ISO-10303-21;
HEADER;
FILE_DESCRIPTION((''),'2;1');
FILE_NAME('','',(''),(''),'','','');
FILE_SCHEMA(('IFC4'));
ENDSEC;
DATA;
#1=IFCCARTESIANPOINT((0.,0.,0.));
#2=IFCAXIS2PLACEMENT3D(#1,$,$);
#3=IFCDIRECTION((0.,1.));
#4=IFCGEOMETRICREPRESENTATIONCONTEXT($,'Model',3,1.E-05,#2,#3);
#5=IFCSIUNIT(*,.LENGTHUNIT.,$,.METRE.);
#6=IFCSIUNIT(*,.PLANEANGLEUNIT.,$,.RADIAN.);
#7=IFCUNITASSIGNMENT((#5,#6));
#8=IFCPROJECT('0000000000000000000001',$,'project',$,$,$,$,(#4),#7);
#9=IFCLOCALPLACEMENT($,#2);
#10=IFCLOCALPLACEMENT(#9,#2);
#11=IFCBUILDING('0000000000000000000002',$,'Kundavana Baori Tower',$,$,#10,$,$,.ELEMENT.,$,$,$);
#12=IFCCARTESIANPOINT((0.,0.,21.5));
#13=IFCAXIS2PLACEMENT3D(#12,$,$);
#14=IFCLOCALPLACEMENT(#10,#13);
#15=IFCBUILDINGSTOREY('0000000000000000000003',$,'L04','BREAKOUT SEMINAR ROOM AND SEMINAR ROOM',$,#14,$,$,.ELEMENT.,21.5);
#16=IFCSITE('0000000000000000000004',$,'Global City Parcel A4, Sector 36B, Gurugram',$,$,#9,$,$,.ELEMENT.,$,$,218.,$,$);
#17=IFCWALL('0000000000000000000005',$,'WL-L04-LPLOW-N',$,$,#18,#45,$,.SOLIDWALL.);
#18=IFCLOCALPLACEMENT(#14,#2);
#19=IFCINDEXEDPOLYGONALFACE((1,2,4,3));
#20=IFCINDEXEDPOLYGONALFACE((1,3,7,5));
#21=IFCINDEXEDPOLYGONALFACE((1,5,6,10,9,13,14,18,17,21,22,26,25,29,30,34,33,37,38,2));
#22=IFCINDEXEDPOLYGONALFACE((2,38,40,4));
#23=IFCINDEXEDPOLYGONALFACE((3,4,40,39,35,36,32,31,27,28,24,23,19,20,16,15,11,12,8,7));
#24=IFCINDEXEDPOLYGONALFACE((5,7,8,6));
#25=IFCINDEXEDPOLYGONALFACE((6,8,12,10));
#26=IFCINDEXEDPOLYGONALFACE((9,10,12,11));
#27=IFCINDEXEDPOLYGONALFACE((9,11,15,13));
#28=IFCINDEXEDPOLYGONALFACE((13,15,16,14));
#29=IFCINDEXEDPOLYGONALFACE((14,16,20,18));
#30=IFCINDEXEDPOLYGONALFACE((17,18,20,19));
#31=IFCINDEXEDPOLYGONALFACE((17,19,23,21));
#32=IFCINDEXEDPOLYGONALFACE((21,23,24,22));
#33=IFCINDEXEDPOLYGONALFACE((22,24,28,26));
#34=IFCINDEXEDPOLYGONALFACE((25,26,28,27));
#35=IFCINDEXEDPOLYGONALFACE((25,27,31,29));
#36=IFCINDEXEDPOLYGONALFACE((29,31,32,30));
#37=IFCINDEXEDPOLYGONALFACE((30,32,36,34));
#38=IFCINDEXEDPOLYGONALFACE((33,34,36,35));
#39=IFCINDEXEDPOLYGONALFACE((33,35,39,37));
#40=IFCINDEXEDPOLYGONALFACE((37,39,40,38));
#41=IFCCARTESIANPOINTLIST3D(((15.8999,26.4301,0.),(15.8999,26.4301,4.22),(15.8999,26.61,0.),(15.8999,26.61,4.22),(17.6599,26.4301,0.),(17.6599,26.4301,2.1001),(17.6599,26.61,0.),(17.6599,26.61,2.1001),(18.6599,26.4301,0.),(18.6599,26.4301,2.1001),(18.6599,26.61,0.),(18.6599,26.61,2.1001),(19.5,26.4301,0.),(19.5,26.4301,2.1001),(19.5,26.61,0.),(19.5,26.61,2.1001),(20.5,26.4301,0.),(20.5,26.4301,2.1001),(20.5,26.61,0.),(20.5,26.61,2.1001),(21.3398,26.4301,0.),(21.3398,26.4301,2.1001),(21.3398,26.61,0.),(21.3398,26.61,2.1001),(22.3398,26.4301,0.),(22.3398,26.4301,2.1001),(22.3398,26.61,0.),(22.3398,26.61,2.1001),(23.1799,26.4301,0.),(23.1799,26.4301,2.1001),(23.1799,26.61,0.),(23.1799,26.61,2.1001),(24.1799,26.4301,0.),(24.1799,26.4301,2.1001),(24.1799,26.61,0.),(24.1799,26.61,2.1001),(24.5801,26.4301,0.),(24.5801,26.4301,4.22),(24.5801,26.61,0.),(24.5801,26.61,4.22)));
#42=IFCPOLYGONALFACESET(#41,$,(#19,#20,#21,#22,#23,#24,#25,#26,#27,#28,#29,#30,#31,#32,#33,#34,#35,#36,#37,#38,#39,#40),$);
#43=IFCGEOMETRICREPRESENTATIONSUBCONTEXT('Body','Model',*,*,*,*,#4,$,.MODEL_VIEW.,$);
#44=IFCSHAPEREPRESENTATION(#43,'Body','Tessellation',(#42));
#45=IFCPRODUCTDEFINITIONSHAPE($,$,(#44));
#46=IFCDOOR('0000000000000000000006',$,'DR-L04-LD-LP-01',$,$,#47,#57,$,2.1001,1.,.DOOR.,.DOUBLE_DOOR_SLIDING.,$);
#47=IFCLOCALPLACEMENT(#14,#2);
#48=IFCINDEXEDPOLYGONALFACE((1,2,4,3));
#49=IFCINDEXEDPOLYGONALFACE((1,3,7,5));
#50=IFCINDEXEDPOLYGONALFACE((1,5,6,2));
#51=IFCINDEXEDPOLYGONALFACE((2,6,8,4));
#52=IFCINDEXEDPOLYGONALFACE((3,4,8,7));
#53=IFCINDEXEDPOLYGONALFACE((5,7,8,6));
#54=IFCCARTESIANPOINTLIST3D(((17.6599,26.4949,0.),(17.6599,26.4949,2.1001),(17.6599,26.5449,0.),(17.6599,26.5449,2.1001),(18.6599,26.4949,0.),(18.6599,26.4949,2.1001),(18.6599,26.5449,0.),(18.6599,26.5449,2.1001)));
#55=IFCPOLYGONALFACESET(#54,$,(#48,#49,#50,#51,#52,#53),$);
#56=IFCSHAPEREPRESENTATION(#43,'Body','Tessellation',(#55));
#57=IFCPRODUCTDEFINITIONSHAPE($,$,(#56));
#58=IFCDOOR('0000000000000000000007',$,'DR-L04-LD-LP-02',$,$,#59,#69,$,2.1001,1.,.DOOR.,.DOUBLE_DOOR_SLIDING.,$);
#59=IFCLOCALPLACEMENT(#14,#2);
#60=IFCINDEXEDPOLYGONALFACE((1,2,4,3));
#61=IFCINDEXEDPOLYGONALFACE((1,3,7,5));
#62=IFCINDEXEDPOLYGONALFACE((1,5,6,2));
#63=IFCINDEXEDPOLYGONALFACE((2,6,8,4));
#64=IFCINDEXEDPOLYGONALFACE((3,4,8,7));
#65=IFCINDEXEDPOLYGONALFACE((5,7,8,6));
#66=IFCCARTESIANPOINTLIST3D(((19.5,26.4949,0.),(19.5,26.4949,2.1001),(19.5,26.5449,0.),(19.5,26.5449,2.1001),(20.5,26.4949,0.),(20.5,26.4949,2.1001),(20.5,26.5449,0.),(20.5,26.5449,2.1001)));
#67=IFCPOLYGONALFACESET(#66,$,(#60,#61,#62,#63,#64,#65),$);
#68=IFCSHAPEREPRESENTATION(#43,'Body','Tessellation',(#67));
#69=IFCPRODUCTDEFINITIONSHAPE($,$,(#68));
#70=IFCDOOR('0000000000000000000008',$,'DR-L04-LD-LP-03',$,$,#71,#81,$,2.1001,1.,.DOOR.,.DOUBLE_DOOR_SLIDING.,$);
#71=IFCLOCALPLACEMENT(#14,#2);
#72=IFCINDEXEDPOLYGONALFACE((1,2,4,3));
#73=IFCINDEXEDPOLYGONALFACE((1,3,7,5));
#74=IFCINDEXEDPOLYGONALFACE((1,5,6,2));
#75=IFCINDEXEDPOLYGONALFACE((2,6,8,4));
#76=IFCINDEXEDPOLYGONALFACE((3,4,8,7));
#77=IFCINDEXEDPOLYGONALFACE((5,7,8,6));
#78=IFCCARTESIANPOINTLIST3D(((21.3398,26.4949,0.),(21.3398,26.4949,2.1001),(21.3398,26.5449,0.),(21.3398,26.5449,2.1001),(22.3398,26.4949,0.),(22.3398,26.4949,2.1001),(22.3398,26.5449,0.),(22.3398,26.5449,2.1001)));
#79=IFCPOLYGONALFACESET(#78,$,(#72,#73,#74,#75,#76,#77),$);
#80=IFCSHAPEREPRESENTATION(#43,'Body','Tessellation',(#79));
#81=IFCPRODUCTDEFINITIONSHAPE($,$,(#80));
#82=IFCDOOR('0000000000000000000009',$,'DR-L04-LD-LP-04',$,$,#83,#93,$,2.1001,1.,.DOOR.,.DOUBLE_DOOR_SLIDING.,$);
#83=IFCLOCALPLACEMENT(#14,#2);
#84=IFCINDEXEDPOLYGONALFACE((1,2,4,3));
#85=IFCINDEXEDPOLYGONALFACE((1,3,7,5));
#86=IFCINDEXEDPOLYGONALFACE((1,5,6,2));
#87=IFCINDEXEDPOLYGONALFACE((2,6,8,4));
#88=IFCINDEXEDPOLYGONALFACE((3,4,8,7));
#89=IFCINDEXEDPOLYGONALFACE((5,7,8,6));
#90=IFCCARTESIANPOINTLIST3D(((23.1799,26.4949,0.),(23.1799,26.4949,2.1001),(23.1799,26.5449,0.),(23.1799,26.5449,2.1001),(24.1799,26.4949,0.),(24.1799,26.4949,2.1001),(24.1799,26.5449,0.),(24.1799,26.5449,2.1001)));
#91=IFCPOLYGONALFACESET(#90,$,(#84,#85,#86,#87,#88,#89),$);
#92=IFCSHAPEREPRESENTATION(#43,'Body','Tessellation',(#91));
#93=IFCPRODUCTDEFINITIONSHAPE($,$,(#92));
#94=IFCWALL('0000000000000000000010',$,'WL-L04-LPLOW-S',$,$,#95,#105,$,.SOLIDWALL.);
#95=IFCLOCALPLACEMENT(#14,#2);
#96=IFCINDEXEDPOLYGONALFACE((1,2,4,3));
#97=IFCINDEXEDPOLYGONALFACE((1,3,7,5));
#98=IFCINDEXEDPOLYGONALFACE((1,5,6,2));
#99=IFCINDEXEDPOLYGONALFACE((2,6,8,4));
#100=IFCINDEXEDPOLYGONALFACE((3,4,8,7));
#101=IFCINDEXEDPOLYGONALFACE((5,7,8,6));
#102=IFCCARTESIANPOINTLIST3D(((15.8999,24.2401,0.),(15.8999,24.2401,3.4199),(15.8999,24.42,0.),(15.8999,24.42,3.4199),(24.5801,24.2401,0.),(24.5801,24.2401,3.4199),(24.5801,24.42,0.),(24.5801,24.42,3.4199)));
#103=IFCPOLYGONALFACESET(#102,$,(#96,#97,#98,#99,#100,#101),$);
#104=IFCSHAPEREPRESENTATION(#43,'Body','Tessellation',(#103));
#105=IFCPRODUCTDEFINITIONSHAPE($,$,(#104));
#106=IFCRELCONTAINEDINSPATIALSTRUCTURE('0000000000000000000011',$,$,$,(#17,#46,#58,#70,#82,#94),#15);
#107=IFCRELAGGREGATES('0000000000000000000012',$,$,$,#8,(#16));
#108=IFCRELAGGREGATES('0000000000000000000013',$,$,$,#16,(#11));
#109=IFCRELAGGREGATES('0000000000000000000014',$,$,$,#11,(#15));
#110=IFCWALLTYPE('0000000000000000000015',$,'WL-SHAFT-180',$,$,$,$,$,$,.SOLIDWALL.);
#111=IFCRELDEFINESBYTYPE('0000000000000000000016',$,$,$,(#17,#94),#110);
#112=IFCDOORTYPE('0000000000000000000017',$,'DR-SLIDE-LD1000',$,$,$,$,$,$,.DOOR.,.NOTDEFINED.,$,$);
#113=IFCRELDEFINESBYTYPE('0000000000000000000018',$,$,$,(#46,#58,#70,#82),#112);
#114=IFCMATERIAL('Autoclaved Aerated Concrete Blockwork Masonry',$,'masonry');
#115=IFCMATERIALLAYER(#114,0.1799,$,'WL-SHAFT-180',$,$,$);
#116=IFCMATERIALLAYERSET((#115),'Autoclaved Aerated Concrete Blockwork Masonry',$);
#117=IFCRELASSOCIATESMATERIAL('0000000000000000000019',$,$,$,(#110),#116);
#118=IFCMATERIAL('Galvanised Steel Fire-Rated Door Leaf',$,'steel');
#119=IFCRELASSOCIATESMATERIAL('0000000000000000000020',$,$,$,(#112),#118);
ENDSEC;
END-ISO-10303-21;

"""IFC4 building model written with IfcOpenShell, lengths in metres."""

from ifc_helpers import new_model, si_unit, direction, frame, frame_2d, origin, place, context, subcontext, project, spatial, rectangle, extrude, material, layer, layer_set, type_object, element, fill, save


model = new_model("IFC4")

# Units and contexts
model_context = context("Model", 3, precision=1e-05, world=origin(), true_north=direction((0.0, 1.0)))
body_context = subcontext(model_context, "Body", "Model", "MODEL_VIEW")
ifc_project = project(units=[si_unit("LENGTHUNIT", "METRE"), si_unit("PLANEANGLEUNIT", "RADIAN")], contexts=[model_context])

# Site, building, storey
site_placement = place(None, origin())
site = spatial("IfcSite", under=ifc_project, at=site_placement, Name="Global City Parcel A4, Sector 36B, Gurugram", CompositionType="ELEMENT", RefElevation=218.0)
building_placement = place(site_placement, origin())
building = spatial("IfcBuilding", under=site, at=building_placement, Name="Kundavana Baori Tower", CompositionType="ELEMENT")
storey_placement = place(building_placement, frame((0.0, 0.0, 21.5)))
storey = spatial("IfcBuildingStorey", under=building, at=storey_placement, Name="L04", Description="BREAKOUT SEMINAR ROOM AND SEMINAR ROOM", CompositionType="ELEMENT", Elevation=21.5)

# Wall, openings, doors
ifc_material_1 = material(Name="Autoclaved Aerated Concrete Blockwork Masonry", Category="masonry")
ifc_layer_1 = layer(ifc_material_1, 0.1799, Name="WL-SHAFT-180")
ifc_layer_set_1 = layer_set([ifc_layer_1], Name="Autoclaved Aerated Concrete Blockwork Masonry")
wall_type_1 = type_object("IfcWallType", Name="WL-SHAFT-180", PredefinedType="SOLIDWALL", material=ifc_layer_set_1)
wall_1_placement = place(storey_placement, frame((15.8999, 26.52, 0.0), z_axis=(0.0, 0.0, 1.0), x_axis=(1.0, 0.0, 0.0)))
wall_1 = element("IfcWall", 1, at=wall_1_placement, inside=storey, type_object=wall_type_1, Name="WL-L04-LPLOW-N", PredefinedType="SOLIDWALL", context=body_context, shape_type="SweptSolid", body=[
    extrude(rectangle(XDim=8.6802, YDim=0.1799, at=frame_2d((4.3401, 0.0))), origin(), (0.0, 0.0, 1.0), 4.22),
])
opening_1_placement = place(wall_1_placement, frame((1.76, 0.0, 0.0)))
opening_1 = element("IfcOpeningElement", 2, at=opening_1_placement, cuts=wall_1, PredefinedType="OPENING", context=body_context, shape_type="SweptSolid", body=[
    extrude(rectangle(XDim=1.0, YDim=2.1001, at=frame_2d((0.5, 1.05))), frame((0.0, 0.1001, 0.0), z_axis=(0.0, -1.0, 0.0), x_axis=(1.0, 0.0, 0.0)), (0.0, 0.0, 1.0), 0.2),
])
opening_2_placement = place(wall_1_placement, frame((3.6001, 0.0, 0.0)))
opening_2 = element("IfcOpeningElement", 3, at=opening_2_placement, cuts=wall_1, PredefinedType="OPENING", context=body_context, shape_type="SweptSolid", body=[
    extrude(rectangle(XDim=1.0, YDim=2.1001, at=frame_2d((0.5, 1.05))), frame((0.0, 0.1001, 0.0), z_axis=(0.0, -1.0, 0.0), x_axis=(1.0, 0.0, 0.0)), (0.0, 0.0, 1.0), 0.2),
])
opening_3_placement = place(wall_1_placement, frame((5.4399, 0.0, 0.0)))
opening_3 = element("IfcOpeningElement", 4, at=opening_3_placement, cuts=wall_1, PredefinedType="OPENING", context=body_context, shape_type="SweptSolid", body=[
    extrude(rectangle(XDim=1.0, YDim=2.1001, at=frame_2d((0.5, 1.05))), frame((0.0, 0.1001, 0.0), z_axis=(0.0, -1.0, 0.0), x_axis=(1.0, 0.0, 0.0)), (0.0, 0.0, 1.0), 0.2),
])
opening_4_placement = place(wall_1_placement, frame((7.28, 0.0, 0.0)))
opening_4 = element("IfcOpeningElement", 5, at=opening_4_placement, cuts=wall_1, PredefinedType="OPENING", context=body_context, shape_type="SweptSolid", body=[
    extrude(rectangle(XDim=1.0, YDim=2.1001, at=frame_2d((0.5, 1.05))), frame((0.0, 0.1001, 0.0), z_axis=(0.0, -1.0, 0.0), x_axis=(1.0, 0.0, 0.0)), (0.0, 0.0, 1.0), 0.2),
])
ifc_material_2 = material(Name="Galvanised Steel Fire-Rated Door Leaf", Category="steel")
door_type_1 = type_object("IfcDoorType", Name="DR-SLIDE-LD1000", OperationType="NOTDEFINED", PredefinedType="DOOR", material=ifc_material_2)
door_1_placement = place(opening_1_placement, origin())
door_1 = element("IfcDoor", 6, at=door_1_placement, inside=storey, type_object=door_type_1, Name="DR-L04-LD-LP-01", OperationType="DOUBLE_DOOR_SLIDING", OverallHeight=2.1001, OverallWidth=1.0, PredefinedType="DOOR", context=body_context, shape_type="SweptSolid", body=[
    extrude(rectangle(XDim=1.0, YDim=2.1001, at=frame_2d((0.5, 1.05))), frame((0.0, 0.0249, 0.0), z_axis=(0.0, -1.0, 0.0), x_axis=(1.0, 0.0, 0.0)), (0.0, 0.0, 1.0), 0.05),
])
fill(opening_1, door_1)
door_2_placement = place(opening_2_placement, origin())
door_2 = element("IfcDoor", 7, at=door_2_placement, inside=storey, type_object=door_type_1, Name="DR-L04-LD-LP-02", OperationType="DOUBLE_DOOR_SLIDING", OverallHeight=2.1001, OverallWidth=1.0, PredefinedType="DOOR", context=body_context, shape_type="SweptSolid", body=[
    extrude(rectangle(XDim=1.0, YDim=2.1001, at=frame_2d((0.5, 1.05))), frame((0.0, 0.0249, 0.0), z_axis=(0.0, -1.0, 0.0), x_axis=(1.0, 0.0, 0.0)), (0.0, 0.0, 1.0), 0.05),
])
fill(opening_2, door_2)
door_3_placement = place(opening_3_placement, origin())
door_3 = element("IfcDoor", 8, at=door_3_placement, inside=storey, type_object=door_type_1, Name="DR-L04-LD-LP-03", OperationType="DOUBLE_DOOR_SLIDING", OverallHeight=2.1001, OverallWidth=1.0, PredefinedType="DOOR", context=body_context, shape_type="SweptSolid", body=[
    extrude(rectangle(XDim=1.0, YDim=2.1001, at=frame_2d((0.5, 1.05))), frame((0.0, 0.0249, 0.0), z_axis=(0.0, -1.0, 0.0), x_axis=(1.0, 0.0, 0.0)), (0.0, 0.0, 1.0), 0.05),
])
fill(opening_3, door_3)
door_4_placement = place(opening_4_placement, origin())
door_4 = element("IfcDoor", 9, at=door_4_placement, inside=storey, type_object=door_type_1, Name="DR-L04-LD-LP-04", OperationType="DOUBLE_DOOR_SLIDING", OverallHeight=2.1001, OverallWidth=1.0, PredefinedType="DOOR", context=body_context, shape_type="SweptSolid", body=[
    extrude(rectangle(XDim=1.0, YDim=2.1001, at=frame_2d((0.5, 1.05))), frame((0.0, 0.0249, 0.0), z_axis=(0.0, -1.0, 0.0), x_axis=(1.0, 0.0, 0.0)), (0.0, 0.0, 1.0), 0.05),
])
fill(opening_4, door_4)

# Wall
wall_2_placement = place(storey_placement, frame((15.8999, 24.3301, 0.0), z_axis=(0.0, 0.0, 1.0), x_axis=(1.0, 0.0, 0.0)))
element("IfcWall", 10, at=wall_2_placement, inside=storey, type_object=wall_type_1, Name="WL-L04-LPLOW-S", PredefinedType="SOLIDWALL", context=body_context, shape_type="SweptSolid", body=[
    extrude(rectangle(XDim=8.6802, YDim=0.1799, at=frame_2d((4.3401, 0.0))), origin(), (0.0, 0.0, 1.0), 3.4199),
])

save(model, "model.ifc")
